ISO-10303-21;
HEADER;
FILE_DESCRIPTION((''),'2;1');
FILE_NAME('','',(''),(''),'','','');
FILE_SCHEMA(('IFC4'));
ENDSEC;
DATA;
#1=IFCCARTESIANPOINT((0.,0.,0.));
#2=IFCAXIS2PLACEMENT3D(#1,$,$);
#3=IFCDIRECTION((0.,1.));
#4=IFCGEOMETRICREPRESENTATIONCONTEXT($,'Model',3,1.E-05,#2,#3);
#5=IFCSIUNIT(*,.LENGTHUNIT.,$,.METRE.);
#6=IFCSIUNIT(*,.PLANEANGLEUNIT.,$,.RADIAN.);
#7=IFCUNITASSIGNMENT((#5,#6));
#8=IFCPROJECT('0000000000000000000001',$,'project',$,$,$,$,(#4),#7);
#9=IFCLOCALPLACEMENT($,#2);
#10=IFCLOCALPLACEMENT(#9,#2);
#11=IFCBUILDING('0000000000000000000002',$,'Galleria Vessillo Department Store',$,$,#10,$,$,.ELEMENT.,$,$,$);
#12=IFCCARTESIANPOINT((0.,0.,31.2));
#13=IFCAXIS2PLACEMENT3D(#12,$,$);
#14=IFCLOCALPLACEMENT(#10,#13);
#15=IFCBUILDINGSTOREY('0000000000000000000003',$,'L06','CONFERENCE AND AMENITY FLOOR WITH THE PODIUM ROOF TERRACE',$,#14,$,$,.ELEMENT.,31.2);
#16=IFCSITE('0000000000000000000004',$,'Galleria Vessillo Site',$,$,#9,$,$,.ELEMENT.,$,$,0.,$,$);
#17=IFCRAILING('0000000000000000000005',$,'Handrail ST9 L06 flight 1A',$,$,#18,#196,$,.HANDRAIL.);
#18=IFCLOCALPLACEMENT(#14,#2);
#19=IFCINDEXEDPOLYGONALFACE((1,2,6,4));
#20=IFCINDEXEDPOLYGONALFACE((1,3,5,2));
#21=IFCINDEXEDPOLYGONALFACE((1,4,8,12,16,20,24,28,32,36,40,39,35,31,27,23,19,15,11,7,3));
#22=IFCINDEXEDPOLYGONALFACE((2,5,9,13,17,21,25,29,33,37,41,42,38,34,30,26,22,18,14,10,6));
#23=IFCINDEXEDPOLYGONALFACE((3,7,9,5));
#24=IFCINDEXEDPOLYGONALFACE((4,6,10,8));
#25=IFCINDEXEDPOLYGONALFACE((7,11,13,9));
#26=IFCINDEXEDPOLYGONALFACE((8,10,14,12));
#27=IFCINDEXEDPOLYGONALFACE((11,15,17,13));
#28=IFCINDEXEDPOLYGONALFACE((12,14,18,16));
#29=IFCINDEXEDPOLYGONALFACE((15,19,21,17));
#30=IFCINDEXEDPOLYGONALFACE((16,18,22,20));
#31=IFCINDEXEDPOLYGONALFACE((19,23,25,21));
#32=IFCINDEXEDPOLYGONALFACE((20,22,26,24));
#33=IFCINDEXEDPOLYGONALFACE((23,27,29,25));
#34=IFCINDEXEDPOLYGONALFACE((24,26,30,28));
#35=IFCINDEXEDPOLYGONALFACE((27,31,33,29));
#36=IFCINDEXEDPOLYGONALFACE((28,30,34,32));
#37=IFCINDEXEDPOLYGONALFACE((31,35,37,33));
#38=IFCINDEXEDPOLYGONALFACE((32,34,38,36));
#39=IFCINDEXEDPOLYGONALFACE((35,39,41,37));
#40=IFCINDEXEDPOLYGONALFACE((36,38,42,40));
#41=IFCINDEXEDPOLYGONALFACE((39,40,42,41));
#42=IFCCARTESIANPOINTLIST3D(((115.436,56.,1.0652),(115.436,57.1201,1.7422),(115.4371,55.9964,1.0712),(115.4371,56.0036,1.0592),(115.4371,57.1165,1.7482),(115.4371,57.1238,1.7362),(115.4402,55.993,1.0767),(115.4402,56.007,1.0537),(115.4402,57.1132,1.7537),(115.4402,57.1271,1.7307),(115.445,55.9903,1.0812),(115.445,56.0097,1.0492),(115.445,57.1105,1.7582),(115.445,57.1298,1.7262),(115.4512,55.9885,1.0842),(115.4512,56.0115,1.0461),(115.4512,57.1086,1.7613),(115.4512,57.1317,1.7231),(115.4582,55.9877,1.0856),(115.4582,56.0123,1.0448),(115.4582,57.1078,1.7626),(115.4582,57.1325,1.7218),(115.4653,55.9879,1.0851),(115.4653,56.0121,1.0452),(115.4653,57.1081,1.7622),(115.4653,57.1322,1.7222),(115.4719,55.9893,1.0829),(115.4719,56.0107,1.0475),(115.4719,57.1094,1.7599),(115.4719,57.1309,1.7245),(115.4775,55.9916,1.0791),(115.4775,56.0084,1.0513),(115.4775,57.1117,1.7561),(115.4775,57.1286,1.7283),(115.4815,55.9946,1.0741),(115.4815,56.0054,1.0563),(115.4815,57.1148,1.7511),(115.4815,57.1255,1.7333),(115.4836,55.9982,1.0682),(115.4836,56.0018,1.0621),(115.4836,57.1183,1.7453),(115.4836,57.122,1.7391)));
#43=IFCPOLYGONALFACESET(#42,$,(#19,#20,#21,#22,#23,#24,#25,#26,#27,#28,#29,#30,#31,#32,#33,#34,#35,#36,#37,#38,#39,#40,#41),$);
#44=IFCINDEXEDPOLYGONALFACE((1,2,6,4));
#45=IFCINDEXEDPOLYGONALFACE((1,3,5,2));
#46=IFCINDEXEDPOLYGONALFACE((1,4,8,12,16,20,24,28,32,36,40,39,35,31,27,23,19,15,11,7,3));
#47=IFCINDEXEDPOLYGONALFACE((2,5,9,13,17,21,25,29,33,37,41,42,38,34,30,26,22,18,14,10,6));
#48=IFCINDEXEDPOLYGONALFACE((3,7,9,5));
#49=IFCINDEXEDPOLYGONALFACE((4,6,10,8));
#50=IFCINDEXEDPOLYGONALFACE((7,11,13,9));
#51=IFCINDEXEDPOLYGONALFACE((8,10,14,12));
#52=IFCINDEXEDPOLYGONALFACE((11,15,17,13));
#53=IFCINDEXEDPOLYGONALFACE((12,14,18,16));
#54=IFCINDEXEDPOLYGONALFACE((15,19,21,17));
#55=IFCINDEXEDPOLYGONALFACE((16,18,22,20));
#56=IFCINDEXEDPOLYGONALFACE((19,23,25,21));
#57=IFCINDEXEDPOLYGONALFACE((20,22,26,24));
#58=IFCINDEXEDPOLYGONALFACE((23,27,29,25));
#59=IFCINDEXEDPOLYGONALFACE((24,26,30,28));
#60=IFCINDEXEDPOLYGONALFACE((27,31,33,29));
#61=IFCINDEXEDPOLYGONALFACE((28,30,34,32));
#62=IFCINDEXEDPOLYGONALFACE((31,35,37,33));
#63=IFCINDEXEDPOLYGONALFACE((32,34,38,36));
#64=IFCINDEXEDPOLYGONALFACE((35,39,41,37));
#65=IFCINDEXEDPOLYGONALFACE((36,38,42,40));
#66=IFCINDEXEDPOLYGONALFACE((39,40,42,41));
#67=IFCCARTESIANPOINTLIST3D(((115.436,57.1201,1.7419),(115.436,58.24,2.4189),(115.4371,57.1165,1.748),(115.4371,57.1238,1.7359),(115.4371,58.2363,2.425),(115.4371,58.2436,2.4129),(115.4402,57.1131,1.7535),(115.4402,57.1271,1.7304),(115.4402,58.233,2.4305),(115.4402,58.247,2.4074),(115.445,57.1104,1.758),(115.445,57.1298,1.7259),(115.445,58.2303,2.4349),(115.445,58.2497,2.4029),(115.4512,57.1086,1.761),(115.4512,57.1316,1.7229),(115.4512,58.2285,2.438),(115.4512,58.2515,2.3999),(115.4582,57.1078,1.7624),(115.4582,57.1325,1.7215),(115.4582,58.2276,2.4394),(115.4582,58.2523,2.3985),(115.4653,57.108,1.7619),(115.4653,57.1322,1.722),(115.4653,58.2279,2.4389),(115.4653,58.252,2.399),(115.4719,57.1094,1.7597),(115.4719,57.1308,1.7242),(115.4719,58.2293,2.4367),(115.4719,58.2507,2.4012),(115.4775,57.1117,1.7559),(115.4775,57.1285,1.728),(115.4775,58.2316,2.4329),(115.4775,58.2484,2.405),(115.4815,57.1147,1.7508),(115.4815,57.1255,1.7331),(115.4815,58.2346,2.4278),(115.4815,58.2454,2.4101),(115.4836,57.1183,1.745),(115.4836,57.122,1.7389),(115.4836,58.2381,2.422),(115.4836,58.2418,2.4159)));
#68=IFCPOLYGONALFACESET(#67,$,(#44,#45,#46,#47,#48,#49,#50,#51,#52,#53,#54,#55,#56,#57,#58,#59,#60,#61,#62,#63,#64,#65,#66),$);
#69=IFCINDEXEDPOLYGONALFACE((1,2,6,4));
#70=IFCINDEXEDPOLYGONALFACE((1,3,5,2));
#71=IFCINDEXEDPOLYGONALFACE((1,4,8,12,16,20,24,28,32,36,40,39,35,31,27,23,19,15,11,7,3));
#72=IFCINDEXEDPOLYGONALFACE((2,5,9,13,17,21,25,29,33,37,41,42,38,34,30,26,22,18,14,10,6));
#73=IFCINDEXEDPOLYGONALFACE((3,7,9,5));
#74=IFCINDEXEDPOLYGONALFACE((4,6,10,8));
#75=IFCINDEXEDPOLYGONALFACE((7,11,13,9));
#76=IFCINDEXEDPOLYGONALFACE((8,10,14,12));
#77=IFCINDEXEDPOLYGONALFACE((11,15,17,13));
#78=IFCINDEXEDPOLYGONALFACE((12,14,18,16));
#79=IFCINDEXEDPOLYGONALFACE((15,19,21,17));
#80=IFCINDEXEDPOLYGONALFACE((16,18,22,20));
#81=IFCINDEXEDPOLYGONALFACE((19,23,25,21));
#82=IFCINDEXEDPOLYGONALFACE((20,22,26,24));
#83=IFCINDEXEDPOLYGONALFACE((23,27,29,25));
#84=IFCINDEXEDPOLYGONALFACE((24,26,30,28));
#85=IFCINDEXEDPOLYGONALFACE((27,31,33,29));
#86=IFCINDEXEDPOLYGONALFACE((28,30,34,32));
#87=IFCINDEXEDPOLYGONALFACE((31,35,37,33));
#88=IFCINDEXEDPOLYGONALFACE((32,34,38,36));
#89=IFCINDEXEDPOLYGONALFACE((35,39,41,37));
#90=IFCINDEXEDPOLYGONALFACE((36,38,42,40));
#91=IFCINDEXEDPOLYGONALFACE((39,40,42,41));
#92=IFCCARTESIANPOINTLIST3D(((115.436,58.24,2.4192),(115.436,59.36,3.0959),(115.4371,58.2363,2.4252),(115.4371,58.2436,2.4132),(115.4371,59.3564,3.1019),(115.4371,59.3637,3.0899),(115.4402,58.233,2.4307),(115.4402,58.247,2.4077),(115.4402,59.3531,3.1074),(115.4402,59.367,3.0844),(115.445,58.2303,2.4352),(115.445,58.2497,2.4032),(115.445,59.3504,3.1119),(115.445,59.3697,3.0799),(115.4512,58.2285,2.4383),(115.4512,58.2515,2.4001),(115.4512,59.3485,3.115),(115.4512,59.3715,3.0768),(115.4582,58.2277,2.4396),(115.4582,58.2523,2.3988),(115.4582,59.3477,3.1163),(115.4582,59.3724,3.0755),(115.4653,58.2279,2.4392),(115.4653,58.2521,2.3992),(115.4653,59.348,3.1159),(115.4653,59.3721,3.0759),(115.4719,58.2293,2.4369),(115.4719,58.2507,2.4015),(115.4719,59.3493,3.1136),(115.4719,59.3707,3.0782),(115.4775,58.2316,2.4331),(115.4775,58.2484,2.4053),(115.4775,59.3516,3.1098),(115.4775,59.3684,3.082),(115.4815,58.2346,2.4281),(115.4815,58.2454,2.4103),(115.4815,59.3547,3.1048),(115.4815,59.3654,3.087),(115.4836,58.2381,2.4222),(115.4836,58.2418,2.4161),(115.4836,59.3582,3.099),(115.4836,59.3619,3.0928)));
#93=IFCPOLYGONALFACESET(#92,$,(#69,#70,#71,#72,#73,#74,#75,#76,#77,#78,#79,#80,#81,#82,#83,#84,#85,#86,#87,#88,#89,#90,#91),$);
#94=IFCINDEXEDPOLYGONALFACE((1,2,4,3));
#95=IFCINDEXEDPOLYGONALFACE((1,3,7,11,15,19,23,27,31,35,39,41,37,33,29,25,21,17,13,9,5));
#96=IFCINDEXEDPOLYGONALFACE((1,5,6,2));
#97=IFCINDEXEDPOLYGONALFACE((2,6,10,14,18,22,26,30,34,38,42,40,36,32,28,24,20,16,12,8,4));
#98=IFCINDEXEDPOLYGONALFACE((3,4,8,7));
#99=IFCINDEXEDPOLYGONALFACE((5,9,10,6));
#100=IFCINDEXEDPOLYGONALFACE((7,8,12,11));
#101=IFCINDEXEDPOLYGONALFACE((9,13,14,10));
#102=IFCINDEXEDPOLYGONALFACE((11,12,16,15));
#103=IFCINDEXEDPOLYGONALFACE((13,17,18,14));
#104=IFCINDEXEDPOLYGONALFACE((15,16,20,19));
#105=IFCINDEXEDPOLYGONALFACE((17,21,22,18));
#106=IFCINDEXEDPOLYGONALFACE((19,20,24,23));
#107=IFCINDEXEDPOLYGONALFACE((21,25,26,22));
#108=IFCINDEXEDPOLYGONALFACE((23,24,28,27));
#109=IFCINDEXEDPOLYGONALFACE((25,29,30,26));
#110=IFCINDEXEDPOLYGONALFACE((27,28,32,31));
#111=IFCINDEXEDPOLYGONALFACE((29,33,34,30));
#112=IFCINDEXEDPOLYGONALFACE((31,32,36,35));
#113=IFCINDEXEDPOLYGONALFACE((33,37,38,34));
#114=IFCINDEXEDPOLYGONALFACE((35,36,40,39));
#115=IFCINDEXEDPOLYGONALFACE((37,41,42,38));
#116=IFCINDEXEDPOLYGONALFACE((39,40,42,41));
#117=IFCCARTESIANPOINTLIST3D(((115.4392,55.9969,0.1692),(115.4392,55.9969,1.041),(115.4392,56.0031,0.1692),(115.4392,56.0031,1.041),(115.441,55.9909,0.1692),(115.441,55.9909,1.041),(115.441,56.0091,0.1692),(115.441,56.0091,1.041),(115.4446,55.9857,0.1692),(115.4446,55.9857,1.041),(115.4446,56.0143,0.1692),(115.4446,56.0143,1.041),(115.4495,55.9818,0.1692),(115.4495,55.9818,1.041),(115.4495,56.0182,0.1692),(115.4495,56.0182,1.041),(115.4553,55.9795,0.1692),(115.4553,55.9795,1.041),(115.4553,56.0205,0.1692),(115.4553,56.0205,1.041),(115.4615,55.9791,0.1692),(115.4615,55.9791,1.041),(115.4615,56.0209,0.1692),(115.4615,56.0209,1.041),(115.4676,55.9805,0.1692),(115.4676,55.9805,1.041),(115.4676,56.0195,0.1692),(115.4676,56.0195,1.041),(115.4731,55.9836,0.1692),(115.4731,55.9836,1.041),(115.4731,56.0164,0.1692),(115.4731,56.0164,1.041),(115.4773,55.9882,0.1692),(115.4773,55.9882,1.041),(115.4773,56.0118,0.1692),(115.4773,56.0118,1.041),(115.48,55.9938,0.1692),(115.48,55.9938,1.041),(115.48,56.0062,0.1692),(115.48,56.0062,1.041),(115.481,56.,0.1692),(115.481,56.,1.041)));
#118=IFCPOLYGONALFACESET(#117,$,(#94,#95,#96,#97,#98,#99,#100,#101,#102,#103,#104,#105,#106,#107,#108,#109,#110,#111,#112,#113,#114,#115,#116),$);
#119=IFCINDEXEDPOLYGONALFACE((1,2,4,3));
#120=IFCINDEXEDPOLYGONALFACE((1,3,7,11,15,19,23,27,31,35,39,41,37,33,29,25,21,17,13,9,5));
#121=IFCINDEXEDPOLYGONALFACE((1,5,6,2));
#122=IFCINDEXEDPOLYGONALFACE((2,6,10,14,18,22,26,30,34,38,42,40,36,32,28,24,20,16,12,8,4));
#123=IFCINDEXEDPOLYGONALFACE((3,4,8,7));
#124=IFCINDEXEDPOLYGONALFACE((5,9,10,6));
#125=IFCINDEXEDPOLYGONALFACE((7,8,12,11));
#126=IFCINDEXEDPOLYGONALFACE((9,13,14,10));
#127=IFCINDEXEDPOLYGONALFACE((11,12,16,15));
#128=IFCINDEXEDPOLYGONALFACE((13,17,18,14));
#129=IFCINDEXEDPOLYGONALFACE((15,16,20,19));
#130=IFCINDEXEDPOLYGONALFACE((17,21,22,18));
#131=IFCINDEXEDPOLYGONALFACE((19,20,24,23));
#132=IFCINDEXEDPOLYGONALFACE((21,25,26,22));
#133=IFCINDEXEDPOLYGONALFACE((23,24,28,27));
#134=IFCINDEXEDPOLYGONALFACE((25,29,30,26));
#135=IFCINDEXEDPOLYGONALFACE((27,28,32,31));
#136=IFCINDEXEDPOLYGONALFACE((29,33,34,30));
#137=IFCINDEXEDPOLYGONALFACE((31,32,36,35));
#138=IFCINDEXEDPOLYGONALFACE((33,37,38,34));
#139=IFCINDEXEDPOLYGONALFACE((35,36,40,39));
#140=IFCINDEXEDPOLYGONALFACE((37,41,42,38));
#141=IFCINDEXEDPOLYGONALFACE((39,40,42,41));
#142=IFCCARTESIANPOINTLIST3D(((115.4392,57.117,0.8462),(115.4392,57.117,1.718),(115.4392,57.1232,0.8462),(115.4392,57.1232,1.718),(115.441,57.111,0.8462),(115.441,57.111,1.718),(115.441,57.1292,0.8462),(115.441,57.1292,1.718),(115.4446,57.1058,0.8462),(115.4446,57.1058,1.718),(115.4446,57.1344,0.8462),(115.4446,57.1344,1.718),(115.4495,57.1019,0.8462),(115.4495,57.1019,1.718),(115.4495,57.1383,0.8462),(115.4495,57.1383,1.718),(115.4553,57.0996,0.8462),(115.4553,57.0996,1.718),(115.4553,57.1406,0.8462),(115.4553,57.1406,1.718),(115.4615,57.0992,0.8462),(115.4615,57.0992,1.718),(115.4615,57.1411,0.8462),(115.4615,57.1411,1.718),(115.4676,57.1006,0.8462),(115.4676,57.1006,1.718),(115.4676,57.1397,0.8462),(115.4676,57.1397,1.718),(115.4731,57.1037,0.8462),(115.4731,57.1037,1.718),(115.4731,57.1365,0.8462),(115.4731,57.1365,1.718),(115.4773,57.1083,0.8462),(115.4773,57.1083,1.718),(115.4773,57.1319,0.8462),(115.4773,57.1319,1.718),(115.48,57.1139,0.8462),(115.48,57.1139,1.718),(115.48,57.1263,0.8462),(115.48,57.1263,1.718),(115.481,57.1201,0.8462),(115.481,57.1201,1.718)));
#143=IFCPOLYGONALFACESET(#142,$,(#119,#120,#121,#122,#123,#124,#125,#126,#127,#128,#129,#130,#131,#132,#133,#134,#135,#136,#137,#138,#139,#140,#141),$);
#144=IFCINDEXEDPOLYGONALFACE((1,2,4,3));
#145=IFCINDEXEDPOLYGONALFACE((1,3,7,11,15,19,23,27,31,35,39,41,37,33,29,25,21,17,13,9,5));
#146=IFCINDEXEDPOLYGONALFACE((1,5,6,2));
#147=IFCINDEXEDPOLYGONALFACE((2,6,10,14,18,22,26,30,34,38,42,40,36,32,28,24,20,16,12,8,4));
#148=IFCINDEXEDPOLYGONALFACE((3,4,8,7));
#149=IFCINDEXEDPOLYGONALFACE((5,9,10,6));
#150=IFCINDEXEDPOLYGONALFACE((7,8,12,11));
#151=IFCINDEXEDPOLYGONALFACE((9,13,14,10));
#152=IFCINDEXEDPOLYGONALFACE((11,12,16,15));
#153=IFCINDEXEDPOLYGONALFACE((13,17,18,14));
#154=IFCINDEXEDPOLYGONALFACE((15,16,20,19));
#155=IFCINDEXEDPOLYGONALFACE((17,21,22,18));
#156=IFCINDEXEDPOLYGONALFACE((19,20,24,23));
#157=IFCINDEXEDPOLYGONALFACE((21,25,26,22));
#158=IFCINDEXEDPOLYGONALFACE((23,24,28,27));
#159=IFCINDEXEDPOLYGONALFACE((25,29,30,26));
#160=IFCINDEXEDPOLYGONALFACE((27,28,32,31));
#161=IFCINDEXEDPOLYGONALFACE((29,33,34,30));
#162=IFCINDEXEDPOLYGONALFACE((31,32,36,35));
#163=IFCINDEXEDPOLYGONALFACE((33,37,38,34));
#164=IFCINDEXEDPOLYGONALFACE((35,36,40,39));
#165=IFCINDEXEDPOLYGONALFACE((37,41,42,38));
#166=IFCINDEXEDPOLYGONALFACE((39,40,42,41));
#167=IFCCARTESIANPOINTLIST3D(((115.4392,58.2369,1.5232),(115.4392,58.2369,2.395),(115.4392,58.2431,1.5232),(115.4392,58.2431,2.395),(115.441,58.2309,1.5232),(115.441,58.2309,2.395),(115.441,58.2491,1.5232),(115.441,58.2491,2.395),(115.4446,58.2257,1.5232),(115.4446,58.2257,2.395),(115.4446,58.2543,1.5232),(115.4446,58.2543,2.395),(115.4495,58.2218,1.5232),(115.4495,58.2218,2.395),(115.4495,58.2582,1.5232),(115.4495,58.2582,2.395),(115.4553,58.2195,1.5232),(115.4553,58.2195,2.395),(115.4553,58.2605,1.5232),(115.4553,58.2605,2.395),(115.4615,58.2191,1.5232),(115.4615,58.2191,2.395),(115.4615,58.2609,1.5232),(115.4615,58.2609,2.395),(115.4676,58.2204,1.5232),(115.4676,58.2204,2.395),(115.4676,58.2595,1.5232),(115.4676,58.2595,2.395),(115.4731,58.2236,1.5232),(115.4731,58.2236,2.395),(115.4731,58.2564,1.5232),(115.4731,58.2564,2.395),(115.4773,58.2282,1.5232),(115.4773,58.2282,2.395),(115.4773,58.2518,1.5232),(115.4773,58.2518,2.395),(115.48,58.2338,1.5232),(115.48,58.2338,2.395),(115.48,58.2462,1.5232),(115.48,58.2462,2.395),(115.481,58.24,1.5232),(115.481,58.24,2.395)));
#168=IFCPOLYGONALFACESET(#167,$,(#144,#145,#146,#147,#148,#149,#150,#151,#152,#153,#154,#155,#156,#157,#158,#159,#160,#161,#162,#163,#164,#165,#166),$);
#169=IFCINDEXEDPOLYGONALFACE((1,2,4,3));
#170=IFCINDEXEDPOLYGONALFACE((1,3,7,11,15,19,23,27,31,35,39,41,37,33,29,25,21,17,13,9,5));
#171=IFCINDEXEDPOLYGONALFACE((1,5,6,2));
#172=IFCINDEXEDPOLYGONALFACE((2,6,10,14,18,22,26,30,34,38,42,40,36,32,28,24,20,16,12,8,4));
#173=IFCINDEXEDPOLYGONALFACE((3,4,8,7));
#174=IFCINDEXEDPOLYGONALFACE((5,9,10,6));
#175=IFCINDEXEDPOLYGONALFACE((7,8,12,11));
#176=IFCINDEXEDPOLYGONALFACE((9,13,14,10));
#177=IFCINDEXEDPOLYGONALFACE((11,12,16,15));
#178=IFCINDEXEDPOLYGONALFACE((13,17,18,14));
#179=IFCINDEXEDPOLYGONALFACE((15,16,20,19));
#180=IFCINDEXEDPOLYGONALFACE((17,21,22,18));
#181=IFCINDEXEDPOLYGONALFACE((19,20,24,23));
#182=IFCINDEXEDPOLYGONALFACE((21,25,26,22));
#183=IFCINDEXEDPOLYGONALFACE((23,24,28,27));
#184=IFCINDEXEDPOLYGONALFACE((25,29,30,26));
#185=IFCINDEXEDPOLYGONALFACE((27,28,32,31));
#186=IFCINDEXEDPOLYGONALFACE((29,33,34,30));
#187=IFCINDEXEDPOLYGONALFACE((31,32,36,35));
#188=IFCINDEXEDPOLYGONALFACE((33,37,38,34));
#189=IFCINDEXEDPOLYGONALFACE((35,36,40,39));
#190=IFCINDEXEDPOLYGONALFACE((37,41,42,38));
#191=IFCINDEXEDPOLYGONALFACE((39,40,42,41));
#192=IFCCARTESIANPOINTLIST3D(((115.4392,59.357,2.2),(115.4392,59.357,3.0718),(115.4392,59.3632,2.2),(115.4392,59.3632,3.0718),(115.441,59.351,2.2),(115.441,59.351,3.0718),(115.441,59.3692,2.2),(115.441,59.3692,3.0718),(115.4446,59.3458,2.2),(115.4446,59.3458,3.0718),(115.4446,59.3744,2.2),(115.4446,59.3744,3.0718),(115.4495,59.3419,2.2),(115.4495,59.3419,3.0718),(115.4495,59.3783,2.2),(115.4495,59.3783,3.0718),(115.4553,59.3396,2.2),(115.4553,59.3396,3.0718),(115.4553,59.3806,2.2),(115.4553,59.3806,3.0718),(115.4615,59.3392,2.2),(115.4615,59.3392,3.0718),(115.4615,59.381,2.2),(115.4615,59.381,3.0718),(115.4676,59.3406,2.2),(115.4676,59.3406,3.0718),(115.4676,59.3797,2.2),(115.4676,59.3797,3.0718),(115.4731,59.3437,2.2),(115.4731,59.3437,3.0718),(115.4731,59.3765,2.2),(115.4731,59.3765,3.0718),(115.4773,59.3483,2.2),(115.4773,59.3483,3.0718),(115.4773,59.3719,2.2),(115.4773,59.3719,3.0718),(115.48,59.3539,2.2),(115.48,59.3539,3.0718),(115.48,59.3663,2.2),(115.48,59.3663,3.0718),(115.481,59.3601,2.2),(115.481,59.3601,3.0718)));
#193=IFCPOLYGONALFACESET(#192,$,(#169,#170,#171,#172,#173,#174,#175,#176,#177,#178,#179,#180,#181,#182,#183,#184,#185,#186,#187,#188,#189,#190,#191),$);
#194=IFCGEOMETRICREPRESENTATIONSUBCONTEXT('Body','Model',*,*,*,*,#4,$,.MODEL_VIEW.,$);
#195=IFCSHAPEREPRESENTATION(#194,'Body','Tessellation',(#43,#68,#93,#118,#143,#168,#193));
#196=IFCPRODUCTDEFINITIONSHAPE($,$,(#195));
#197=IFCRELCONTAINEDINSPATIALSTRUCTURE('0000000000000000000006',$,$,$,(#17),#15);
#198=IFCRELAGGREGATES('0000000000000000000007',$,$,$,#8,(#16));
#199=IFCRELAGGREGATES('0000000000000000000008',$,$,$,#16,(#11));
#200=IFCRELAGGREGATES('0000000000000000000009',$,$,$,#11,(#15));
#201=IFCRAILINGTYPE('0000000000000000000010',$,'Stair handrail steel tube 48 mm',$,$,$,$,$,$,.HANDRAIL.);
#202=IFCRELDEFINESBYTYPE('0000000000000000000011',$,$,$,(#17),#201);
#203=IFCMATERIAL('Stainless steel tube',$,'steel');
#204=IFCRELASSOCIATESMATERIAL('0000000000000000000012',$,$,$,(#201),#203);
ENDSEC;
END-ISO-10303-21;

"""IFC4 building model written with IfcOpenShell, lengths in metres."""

from ifc_helpers import new_model, si_unit, direction, frame, origin, origin_2d, place, context, subcontext, project, spatial, circle, extrude, material, type_object, element, save


model = new_model("IFC4")

# Units and contexts
model_context = context("Model", 3, precision=1e-05, world=origin(), true_north=direction((0.0, 1.0)))
body_context = subcontext(model_context, "Body", "Model", "MODEL_VIEW")
ifc_project = project(units=[si_unit("LENGTHUNIT", "METRE"), si_unit("PLANEANGLEUNIT", "RADIAN")], contexts=[model_context])

# Site, building, storey
site_placement = place(None, origin())
site = spatial("IfcSite", under=ifc_project, at=site_placement, Name="Galleria Vessillo Site", CompositionType="ELEMENT", RefElevation=0.0)
building_placement = place(site_placement, origin())
building = spatial("IfcBuilding", under=site, at=building_placement, Name="Galleria Vessillo Department Store", CompositionType="ELEMENT")
storey_placement = place(building_placement, frame((0.0, 0.0, 31.2)))
storey = spatial("IfcBuildingStorey", under=building, at=storey_placement, Name="L06", Description="CONFERENCE AND AMENITY FLOOR WITH THE PODIUM ROOF TERRACE", CompositionType="ELEMENT", Elevation=31.2)

# Railing
ifc_material_1 = material(Name="Stainless steel tube", Category="steel")
railing_type = type_object("IfcRailingType", Name="Stair handrail steel tube 48 mm", PredefinedType="HANDRAIL", material=ifc_material_1)
for number, where, name in (
    (1, (115.46, 56.0, 0.1692), "Handrail ST9 L06 flight 1A"),
):
    element("IfcRailing", number, at=place(storey_placement, frame(where)), inside=storey, type_object=railing_type, Name=name, PredefinedType="HANDRAIL", context=body_context, shape_type="SweptSolid", body=[
        extrude(circle(Radius=0.0239, at=origin_2d()), frame((0.0, 0.0, 0.896), z_axis=(0.0, 0.855826, 0.517264), x_axis=(-1.0, 0.0, 0.0)), (0.0, 0.0, 1.0), 1.3088),
        extrude(circle(Radius=0.0239, at=origin_2d()), frame((0.0, 1.1201, 1.5728), z_axis=(0.0, 0.855776, 0.517346), x_axis=(-1.0, 0.0, 0.0)), (0.0, 0.0, 1.0), 1.3086),
        extrude(circle(Radius=0.0239, at=origin_2d()), frame((0.0, 2.24, 2.25), z_axis=(0.0, 0.855909, 0.517127), x_axis=(-1.0, 0.0, 0.0)), (0.0, 0.0, 1.0), 1.3086),
        extrude(circle(Radius=0.021, at=origin_2d()), origin(), (0.0, 0.0, 1.0), 0.8718),
        extrude(circle(Radius=0.021, at=origin_2d()), frame((0.0, 1.1201, 0.677)), (0.0, 0.0, 1.0), 0.8718),
        extrude(circle(Radius=0.021, at=origin_2d()), frame((0.0, 2.24, 1.354)), (0.0, 0.0, 1.0), 0.8718),
        extrude(circle(Radius=0.021, at=origin_2d()), frame((0.0, 3.3601, 2.0308)), (0.0, 0.0, 1.0), 0.8718),
    ])

save(model, "model.ifc")
